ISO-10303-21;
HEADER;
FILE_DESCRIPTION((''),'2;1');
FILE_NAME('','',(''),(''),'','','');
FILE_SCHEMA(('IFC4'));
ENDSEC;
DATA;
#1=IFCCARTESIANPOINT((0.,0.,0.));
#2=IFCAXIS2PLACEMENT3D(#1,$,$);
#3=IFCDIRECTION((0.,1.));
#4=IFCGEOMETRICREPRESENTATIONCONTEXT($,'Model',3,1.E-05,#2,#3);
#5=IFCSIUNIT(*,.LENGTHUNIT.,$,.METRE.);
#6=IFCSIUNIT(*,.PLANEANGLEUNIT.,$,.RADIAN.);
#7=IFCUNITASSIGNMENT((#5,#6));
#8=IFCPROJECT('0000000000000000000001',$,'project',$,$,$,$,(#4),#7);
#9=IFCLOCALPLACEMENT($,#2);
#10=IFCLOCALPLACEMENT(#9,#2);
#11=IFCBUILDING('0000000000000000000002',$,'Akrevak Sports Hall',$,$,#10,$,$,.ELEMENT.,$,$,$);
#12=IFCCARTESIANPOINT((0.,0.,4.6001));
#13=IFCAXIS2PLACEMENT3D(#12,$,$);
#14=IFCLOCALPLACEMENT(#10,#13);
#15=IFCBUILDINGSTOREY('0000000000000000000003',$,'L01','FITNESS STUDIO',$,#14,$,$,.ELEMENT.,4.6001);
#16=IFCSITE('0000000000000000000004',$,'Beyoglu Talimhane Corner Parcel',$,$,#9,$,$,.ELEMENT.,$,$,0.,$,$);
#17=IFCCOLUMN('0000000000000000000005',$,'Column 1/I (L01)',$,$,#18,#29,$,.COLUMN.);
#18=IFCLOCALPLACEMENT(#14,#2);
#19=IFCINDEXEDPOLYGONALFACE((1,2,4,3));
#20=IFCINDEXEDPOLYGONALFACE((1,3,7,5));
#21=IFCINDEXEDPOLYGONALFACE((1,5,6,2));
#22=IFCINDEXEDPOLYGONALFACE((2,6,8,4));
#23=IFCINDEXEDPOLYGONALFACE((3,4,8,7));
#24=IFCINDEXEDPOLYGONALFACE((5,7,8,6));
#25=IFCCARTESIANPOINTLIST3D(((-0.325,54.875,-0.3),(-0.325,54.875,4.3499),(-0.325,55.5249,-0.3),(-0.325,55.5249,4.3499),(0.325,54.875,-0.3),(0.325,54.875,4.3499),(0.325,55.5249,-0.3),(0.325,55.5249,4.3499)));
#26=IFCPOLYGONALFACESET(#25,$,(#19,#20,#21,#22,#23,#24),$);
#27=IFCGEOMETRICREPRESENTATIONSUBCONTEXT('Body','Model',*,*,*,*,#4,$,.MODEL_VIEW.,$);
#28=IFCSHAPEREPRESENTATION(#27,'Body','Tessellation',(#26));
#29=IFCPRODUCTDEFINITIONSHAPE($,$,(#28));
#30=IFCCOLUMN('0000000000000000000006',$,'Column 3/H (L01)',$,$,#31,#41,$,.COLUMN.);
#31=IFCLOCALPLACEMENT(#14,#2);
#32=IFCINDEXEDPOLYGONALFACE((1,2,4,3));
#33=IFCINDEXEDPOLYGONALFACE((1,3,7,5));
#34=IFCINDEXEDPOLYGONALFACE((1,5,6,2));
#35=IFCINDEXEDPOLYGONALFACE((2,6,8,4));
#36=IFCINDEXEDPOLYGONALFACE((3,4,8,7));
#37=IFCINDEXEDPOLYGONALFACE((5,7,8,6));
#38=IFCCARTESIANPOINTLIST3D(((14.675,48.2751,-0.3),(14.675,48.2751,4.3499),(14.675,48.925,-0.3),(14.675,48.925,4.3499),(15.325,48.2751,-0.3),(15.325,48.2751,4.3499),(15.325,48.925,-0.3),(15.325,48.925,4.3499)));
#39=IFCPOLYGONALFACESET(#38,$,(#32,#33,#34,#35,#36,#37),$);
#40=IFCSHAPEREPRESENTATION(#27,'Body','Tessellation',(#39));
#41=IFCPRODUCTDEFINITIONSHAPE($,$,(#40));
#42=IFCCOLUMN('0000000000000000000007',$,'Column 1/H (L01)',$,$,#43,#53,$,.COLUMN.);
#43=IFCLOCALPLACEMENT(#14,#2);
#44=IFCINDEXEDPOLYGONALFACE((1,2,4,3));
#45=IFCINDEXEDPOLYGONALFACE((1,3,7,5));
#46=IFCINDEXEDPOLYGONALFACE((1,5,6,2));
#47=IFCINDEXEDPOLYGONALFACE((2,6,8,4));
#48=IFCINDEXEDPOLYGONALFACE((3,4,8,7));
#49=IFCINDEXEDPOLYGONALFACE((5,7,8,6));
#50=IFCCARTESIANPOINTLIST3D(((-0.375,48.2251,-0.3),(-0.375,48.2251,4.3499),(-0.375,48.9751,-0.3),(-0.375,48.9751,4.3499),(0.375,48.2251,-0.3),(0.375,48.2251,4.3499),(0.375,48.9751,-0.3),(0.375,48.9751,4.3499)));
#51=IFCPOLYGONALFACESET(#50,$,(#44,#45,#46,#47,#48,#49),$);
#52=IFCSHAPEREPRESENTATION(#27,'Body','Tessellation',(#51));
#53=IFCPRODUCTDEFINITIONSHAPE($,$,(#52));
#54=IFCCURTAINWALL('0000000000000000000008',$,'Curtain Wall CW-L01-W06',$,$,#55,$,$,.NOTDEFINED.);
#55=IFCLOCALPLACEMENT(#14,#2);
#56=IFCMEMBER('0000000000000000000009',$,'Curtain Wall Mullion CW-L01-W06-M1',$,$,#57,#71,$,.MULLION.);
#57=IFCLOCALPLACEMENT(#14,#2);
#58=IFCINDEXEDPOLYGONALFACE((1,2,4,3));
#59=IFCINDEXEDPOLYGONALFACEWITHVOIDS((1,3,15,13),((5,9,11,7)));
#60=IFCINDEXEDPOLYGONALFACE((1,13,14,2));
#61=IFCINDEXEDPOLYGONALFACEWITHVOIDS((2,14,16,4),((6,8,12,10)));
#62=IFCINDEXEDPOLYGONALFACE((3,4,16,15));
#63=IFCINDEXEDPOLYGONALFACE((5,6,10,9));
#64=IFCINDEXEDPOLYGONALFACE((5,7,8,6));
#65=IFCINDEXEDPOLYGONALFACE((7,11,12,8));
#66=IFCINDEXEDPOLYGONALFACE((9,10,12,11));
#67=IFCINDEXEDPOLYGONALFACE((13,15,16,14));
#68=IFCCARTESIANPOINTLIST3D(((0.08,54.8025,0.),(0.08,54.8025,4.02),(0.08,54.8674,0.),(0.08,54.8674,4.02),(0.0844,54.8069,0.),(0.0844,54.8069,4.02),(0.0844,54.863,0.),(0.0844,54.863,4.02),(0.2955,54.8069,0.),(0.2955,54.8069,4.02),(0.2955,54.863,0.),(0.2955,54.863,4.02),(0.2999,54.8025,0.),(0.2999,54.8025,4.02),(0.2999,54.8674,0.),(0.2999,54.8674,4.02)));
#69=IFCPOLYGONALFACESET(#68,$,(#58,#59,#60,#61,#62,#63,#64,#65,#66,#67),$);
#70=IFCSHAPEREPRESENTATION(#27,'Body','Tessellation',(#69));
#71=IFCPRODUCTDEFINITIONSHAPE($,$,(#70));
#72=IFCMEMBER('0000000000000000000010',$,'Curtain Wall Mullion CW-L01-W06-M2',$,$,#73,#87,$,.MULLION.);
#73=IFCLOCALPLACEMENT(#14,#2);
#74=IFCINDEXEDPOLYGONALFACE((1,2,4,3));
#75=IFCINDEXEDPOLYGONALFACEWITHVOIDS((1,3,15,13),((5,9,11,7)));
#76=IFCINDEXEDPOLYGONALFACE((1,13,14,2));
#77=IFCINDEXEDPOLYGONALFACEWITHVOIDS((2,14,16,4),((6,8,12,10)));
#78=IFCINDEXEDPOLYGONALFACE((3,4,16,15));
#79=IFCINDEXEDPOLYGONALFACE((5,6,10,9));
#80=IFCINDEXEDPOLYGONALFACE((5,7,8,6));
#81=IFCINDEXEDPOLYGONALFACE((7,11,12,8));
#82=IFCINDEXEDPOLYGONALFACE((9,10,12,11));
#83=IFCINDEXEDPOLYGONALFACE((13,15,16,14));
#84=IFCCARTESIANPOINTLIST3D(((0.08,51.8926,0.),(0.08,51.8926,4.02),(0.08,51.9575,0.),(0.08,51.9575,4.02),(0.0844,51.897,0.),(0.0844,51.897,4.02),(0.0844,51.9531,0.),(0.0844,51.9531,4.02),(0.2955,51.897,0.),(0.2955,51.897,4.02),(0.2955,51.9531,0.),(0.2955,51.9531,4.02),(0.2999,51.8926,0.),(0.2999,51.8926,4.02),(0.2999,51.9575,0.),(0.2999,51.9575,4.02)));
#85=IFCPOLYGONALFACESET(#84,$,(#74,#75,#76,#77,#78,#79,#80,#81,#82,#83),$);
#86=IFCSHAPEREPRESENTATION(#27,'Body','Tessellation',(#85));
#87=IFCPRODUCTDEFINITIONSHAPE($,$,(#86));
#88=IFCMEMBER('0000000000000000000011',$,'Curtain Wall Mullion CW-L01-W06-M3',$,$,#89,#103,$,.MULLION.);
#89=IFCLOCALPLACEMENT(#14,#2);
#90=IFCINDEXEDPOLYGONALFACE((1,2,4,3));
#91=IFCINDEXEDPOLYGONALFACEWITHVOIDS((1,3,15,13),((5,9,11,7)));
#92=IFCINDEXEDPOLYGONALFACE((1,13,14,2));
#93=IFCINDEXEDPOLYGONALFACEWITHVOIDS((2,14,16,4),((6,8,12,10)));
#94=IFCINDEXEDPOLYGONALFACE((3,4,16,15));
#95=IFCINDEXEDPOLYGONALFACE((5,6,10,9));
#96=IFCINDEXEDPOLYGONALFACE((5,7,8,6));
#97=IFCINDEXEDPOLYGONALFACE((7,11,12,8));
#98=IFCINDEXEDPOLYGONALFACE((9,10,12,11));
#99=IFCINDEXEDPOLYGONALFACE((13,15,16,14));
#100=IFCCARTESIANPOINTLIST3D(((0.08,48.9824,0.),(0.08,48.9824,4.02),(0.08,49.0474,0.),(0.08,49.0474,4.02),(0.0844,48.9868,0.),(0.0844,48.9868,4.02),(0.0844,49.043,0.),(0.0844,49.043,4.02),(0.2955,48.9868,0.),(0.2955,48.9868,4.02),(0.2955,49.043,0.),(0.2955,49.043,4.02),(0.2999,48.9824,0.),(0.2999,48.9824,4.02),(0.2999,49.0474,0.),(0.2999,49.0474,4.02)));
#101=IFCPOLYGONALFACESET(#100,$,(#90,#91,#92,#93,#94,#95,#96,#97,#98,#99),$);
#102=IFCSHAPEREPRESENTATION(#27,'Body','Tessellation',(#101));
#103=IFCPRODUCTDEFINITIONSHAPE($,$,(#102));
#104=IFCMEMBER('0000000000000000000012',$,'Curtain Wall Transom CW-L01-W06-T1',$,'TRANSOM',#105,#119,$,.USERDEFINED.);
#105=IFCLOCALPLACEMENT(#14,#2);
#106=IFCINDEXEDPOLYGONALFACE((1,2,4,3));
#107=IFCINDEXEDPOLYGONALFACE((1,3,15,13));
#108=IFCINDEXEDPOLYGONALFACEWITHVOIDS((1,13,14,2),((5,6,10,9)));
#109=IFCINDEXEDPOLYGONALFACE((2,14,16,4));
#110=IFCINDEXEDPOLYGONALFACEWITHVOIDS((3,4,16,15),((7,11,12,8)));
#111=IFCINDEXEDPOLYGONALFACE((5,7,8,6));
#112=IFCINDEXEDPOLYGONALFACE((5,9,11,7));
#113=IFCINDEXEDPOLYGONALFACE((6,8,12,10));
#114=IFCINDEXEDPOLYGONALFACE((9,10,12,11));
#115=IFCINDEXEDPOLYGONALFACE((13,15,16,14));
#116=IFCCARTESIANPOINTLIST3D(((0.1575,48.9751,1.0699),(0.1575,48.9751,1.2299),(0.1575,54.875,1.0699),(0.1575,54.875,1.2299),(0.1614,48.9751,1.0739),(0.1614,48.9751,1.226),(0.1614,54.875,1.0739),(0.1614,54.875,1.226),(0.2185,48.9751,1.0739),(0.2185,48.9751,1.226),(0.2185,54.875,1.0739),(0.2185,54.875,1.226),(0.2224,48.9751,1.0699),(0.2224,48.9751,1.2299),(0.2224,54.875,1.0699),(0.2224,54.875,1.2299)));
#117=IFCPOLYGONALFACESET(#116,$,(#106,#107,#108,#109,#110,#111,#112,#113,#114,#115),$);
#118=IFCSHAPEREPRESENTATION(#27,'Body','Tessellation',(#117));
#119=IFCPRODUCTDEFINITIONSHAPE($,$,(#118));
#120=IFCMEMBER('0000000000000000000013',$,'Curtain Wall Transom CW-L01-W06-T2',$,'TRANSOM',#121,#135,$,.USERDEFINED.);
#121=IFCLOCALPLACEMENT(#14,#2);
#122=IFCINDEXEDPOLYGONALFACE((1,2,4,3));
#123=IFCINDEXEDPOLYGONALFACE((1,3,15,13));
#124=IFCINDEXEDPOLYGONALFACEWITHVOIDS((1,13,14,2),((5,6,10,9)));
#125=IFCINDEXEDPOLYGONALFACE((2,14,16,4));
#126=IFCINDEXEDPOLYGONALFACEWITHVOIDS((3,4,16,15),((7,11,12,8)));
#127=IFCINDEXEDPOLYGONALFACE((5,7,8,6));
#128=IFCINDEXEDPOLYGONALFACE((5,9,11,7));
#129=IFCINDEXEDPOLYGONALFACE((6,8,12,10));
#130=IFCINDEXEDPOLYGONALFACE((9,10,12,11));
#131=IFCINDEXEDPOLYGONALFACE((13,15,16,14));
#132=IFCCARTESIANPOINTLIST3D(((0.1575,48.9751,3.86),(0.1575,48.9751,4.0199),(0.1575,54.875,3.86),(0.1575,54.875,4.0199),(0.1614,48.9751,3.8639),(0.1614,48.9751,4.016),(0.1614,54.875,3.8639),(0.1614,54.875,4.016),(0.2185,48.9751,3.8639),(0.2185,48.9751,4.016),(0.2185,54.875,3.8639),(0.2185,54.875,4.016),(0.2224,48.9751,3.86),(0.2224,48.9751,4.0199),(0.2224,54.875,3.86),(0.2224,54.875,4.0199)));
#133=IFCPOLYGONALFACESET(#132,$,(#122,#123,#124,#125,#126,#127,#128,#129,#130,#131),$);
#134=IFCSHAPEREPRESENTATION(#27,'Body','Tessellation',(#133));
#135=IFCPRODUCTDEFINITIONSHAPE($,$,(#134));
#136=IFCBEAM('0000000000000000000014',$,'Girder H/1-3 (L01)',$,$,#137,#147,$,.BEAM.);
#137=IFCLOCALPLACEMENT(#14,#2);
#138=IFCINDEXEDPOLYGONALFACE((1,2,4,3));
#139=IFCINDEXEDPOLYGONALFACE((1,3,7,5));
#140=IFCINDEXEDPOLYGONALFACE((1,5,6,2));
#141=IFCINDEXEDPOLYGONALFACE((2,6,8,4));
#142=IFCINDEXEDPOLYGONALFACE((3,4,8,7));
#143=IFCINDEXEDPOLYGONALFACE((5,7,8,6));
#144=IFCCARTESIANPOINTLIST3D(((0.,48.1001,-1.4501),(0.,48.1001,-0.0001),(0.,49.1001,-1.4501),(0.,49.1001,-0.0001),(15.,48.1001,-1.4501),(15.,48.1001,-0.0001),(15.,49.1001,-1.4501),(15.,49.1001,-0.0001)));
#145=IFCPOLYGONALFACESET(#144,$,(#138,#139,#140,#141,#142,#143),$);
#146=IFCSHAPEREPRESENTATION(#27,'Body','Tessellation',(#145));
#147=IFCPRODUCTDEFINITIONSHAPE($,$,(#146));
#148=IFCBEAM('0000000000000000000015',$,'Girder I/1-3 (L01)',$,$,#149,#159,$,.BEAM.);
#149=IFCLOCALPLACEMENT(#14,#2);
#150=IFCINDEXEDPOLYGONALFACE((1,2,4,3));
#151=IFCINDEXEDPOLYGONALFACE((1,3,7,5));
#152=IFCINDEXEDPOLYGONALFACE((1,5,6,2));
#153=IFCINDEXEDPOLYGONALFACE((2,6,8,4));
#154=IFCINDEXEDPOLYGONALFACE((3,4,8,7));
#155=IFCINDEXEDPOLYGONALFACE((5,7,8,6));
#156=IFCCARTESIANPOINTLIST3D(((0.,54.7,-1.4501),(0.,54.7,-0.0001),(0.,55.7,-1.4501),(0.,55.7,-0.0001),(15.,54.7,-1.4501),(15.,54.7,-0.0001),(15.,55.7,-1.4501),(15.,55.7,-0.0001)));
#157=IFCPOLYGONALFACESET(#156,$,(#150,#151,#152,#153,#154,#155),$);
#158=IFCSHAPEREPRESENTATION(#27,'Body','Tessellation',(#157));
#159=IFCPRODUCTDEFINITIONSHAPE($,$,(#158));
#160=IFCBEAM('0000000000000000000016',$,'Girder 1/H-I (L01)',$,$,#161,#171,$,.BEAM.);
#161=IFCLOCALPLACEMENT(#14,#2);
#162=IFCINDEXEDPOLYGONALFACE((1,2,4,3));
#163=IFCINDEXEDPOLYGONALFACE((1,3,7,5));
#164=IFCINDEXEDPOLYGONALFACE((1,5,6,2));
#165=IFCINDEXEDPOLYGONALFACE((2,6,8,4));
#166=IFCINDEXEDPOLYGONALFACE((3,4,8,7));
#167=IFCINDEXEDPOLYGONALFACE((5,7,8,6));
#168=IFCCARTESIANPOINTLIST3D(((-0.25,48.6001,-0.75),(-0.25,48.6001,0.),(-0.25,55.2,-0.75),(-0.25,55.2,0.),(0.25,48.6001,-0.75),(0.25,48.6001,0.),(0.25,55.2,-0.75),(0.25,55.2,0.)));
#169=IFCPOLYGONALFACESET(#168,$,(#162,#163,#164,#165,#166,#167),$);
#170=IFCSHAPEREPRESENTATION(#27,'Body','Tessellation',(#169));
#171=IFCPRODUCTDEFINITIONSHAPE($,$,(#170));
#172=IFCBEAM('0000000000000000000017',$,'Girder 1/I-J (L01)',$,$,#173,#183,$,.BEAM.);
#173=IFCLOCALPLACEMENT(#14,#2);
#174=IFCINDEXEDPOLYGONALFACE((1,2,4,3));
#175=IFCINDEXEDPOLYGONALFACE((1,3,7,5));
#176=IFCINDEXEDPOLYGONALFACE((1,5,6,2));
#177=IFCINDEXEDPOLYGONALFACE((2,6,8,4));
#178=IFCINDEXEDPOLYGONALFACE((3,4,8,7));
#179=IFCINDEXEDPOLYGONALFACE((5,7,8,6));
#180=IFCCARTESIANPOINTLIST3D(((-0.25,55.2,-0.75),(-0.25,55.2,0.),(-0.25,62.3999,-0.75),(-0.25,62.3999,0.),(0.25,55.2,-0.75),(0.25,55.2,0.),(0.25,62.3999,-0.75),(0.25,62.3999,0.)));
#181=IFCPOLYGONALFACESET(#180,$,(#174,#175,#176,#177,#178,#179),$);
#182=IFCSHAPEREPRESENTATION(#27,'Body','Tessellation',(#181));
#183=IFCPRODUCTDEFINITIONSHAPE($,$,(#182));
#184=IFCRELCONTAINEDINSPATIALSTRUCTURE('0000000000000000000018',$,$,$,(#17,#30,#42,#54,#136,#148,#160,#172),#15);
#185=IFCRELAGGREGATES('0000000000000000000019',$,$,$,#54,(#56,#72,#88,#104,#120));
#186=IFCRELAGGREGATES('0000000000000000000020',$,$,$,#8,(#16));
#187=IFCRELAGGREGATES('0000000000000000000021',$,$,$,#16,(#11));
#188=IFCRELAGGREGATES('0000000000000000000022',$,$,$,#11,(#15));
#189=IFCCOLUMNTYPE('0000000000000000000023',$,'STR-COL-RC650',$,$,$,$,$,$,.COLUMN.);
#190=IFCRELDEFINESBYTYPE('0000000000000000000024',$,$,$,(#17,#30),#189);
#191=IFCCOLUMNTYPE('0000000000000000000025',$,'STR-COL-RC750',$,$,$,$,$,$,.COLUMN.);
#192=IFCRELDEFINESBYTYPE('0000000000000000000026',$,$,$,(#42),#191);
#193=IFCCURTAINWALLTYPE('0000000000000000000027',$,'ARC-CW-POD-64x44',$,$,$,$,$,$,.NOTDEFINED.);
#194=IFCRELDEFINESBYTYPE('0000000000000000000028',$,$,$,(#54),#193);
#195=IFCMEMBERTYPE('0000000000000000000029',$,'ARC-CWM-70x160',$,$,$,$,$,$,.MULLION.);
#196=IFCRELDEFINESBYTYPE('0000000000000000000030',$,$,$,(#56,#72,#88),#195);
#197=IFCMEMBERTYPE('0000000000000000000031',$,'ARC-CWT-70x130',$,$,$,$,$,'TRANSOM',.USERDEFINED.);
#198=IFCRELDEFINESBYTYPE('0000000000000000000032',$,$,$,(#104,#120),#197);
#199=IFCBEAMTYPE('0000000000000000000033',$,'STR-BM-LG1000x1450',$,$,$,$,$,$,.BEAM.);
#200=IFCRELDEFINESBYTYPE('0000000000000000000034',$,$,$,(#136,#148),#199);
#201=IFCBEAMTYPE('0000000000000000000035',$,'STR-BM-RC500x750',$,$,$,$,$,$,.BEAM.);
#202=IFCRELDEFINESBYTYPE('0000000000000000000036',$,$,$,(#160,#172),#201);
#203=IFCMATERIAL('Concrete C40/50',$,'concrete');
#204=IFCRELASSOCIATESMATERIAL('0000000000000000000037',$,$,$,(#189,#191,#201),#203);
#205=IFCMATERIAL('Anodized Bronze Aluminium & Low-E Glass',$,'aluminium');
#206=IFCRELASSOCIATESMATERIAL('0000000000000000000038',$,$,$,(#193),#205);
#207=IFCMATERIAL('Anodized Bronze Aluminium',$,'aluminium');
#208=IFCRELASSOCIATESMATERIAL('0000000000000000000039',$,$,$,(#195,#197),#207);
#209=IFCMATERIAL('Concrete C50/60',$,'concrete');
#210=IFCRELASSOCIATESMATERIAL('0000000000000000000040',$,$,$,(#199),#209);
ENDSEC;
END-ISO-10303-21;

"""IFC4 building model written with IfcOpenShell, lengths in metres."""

from ifc_helpers import new_model, si_unit, direction, frame, origin, origin_2d, place, context, subcontext, project, spatial, rectangle, hollow_rectangle, extrude, material, material_profile, profile_set, type_object, element, aggregate, save


model = new_model("IFC4")

# Units and contexts
model_context = context("Model", 3, precision=1e-05, world=origin(), true_north=direction((0.0, 1.0)))
body_context = subcontext(model_context, "Body", "Model", "MODEL_VIEW")
ifc_project = project(units=[si_unit("LENGTHUNIT", "METRE"), si_unit("PLANEANGLEUNIT", "RADIAN")], contexts=[model_context])

# Site, building, storey
site_placement = place(None, origin())
site = spatial("IfcSite", under=ifc_project, at=site_placement, Name="Beyoglu Talimhane Corner Parcel", CompositionType="ELEMENT", RefElevation=0.0)
building_placement = place(site_placement, origin())
building = spatial("IfcBuilding", under=site, at=building_placement, Name="Akrevak Sports Hall", CompositionType="ELEMENT")
storey_placement = place(building_placement, frame((0.0, 0.0, 4.6001)))
storey = spatial("IfcBuildingStorey", under=building, at=storey_placement, Name="L01", Description="FITNESS STUDIO", CompositionType="ELEMENT", Elevation=4.6001)

# Columns
ifc_material_1 = material(Name="Concrete C40/50", Category="concrete")
ifc_material_profile_1 = material_profile(ifc_material_1, rectangle(XDim=0.6499, YDim=0.6499, at=origin_2d()), Name="RC 650x650", Category="concrete")
ifc_profile_set_1 = profile_set([ifc_material_profile_1], Name="Concrete C40/50")
column_type_1 = type_object("IfcColumnType", Name="STR-COL-RC650", PredefinedType="COLUMN", material=ifc_profile_set_1)
for number, where, z_axis, x_axis, name in (
    (1, (0.0, 55.2, -0.3), (0.0, 0.0, 1.0), (1.0, 0.0, 0.0), "Column 1/I (L01)"),
    (2, (15.0, 48.6001, -0.3), (0.0, 0.0, 1.0), (1.0, 0.0, 0.0), "Column 3/H (L01)"),
):
    element("IfcColumn", number, at=place(storey_placement, frame(where, z_axis=z_axis, x_axis=x_axis)), inside=storey, type_object=column_type_1, Name=name, PredefinedType="COLUMN", context=body_context, shape_type="SweptSolid", body=[
        extrude(rectangle(XDim=0.6499, YDim=0.6499, at=origin_2d()), origin(), (0.0, 0.0, 1.0), 4.6499),
    ])
ifc_material_profile_2 = material_profile(ifc_material_1, rectangle(XDim=0.75, YDim=0.75, at=origin_2d()), Name="RC 750x750", Category="concrete")
ifc_profile_set_2 = profile_set([ifc_material_profile_2], Name="Concrete C40/50")
column_type_2 = type_object("IfcColumnType", Name="STR-COL-RC750", PredefinedType="COLUMN", material=ifc_profile_set_2)
column_placement = place(storey_placement, frame((0.0, 48.6001, -0.3), z_axis=(0.0, 0.0, 1.0), x_axis=(1.0, 0.0, 0.0)))
element("IfcColumn", 3, at=column_placement, inside=storey, type_object=column_type_2, Name="Column 1/H (L01)", PredefinedType="COLUMN", context=body_context, shape_type="SweptSolid", body=[
    extrude(rectangle(XDim=0.75, YDim=0.75, at=origin_2d()), origin(), (0.0, 0.0, 1.0), 4.6499),
])

# Curtain wall, members
ifc_material_2 = material(Name="Anodized Bronze Aluminium & Low-E Glass", Category="aluminium")
curtain_wall_type = type_object("IfcCurtainWallType", Name="ARC-CW-POD-64x44", PredefinedType="NOTDEFINED", material=ifc_material_2)
curtain_wall_placement = place(storey_placement, origin())
curtain_wall = element("IfcCurtainWall", 4, at=curtain_wall_placement, inside=storey, type_object=curtain_wall_type, Name="Curtain Wall CW-L01-W06", PredefinedType="NOTDEFINED")
ifc_material_3 = material(Name="Anodized Bronze Aluminium", Category="aluminium")
ifc_material_profile_3 = material_profile(ifc_material_3, hollow_rectangle(XDim=0.0649, YDim=0.22, WallThickness=0.0044, at=origin_2d()), Name="CWM 65x220", Category="aluminium")
ifc_profile_set_3 = profile_set([ifc_material_profile_3], Name="Anodized Bronze Aluminium")
member_type_1 = type_object("IfcMemberType", Name="ARC-CWM-70x160", PredefinedType="MULLION", material=ifc_profile_set_3)
member_1_placement = place(storey_placement, frame((0.1899, 54.835, 0.0), z_axis=(0.0, 0.0, 1.0), x_axis=(0.0, -1.0, 0.0)))
member_1 = element("IfcMember", 5, at=member_1_placement, type_object=member_type_1, Name="Curtain Wall Mullion CW-L01-W06-M1", PredefinedType="MULLION", context=body_context, shape_type="SweptSolid", body=[
    extrude(hollow_rectangle(XDim=0.0649, YDim=0.22, WallThickness=0.0044, at=origin_2d()), origin(), (0.0, 0.0, 1.0), 4.02),
])
member_2_placement = place(storey_placement, frame((0.1899, 51.925, 0.0), z_axis=(0.0, 0.0, 1.0), x_axis=(0.0, -1.0, 0.0)))
member_2 = element("IfcMember", 6, at=member_2_placement, type_object=member_type_1, Name="Curtain Wall Mullion CW-L01-W06-M2", PredefinedType="MULLION", context=body_context, shape_type="SweptSolid", body=[
    extrude(hollow_rectangle(XDim=0.0649, YDim=0.22, WallThickness=0.0044, at=origin_2d()), origin(), (0.0, 0.0, 1.0), 4.02),
])
member_3_placement = place(storey_placement, frame((0.1899, 49.0149, 0.0), z_axis=(0.0, 0.0, 1.0), x_axis=(0.0, -1.0, 0.0)))
member_3 = element("IfcMember", 7, at=member_3_placement, type_object=member_type_1, Name="Curtain Wall Mullion CW-L01-W06-M3", PredefinedType="MULLION", context=body_context, shape_type="SweptSolid", body=[
    extrude(hollow_rectangle(XDim=0.0649, YDim=0.22, WallThickness=0.0044, at=origin_2d()), origin(), (0.0, 0.0, 1.0), 4.02),
])
ifc_material_profile_4 = material_profile(ifc_material_3, hollow_rectangle(XDim=0.0649, YDim=0.1599, WallThickness=0.0039, at=origin_2d()), Name="CWT 65x160", Category="aluminium")
ifc_profile_set_4 = profile_set([ifc_material_profile_4], Name="Anodized Bronze Aluminium")
member_type_2 = type_object("IfcMemberType", Name="ARC-CWT-70x130", ElementType="TRANSOM", PredefinedType="USERDEFINED", material=ifc_profile_set_4)
member_4_placement = place(storey_placement, frame((0.1899, 54.875, 1.1499), z_axis=(0.0, -1.0, 0.0), x_axis=(1.0, 0.0, 0.0)))
member_4 = element("IfcMember", 8, at=member_4_placement, type_object=member_type_2, Name="Curtain Wall Transom CW-L01-W06-T1", ObjectType="TRANSOM", PredefinedType="USERDEFINED", context=body_context, shape_type="SweptSolid", body=[
    extrude(hollow_rectangle(XDim=0.0649, YDim=0.1599, WallThickness=0.0039, at=origin_2d()), origin(), (0.0, 0.0, 1.0), 5.8999),
])
member_5_placement = place(storey_placement, frame((0.1899, 54.875, 3.9399), z_axis=(0.0, -1.0, 0.0), x_axis=(1.0, 0.0, 0.0)))
member_5 = element("IfcMember", 9, at=member_5_placement, type_object=member_type_2, Name="Curtain Wall Transom CW-L01-W06-T2", ObjectType="TRANSOM", PredefinedType="USERDEFINED", context=body_context, shape_type="SweptSolid", body=[
    extrude(hollow_rectangle(XDim=0.0649, YDim=0.1599, WallThickness=0.0039, at=origin_2d()), origin(), (0.0, 0.0, 1.0), 5.8999),
])

# Beams
ifc_material_4 = material(Name="Concrete C50/60", Category="concrete")
ifc_material_profile_5 = material_profile(ifc_material_4, rectangle(XDim=1.0, YDim=1.45, at=origin_2d()), Name="BM 1000x1450", Category="concrete")
ifc_profile_set_5 = profile_set([ifc_material_profile_5], Name="Concrete C50/60")
beam_type_1 = type_object("IfcBeamType", Name="STR-BM-LG1000x1450", PredefinedType="BEAM", material=ifc_profile_set_5)
for number, where, z_axis, x_axis, name in (
    (10, (0.0, 48.6001, -0.7251), (1.0, 0.0, 0.0), (0.0, 1.0, 0.0), "Girder H/1-3 (L01)"),
    (11, (0.0, 55.2, -0.7251), (1.0, 0.0, 0.0), (0.0, 1.0, 0.0), "Girder I/1-3 (L01)"),
):
    element("IfcBeam", number, at=place(storey_placement, frame(where, z_axis=z_axis, x_axis=x_axis)), inside=storey, type_object=beam_type_1, Name=name, PredefinedType="BEAM", context=body_context, shape_type="SweptSolid", body=[
        extrude(rectangle(XDim=1.0, YDim=1.45, at=origin_2d()), origin(), (0.0, 0.0, 1.0), 15.0),
    ])
ifc_material_profile_6 = material_profile(ifc_material_1, rectangle(XDim=0.5, YDim=0.75, at=origin_2d()), Name="BM 500x750", Category="concrete")
ifc_profile_set_6 = profile_set([ifc_material_profile_6], Name="Concrete C40/50")
beam_type_2 = type_object("IfcBeamType", Name="STR-BM-RC500x750", PredefinedType="BEAM", material=ifc_profile_set_6)
beam_1_placement = place(storey_placement, frame((0.0, 48.6001, -0.375), z_axis=(0.0, 1.0, 0.0), x_axis=(-1.0, 0.0, 0.0)))
element("IfcBeam", 12, at=beam_1_placement, inside=storey, type_object=beam_type_2, Name="Girder 1/H-I (L01)", PredefinedType="BEAM", context=body_context, shape_type="SweptSolid", body=[
    extrude(rectangle(XDim=0.5, YDim=0.75, at=origin_2d()), origin(), (0.0, 0.0, 1.0), 6.5999),
])
beam_2_placement = place(storey_placement, frame((0.0, 55.2, -0.375), z_axis=(0.0, 1.0, 0.0), x_axis=(-1.0, 0.0, 0.0)))
element("IfcBeam", 13, at=beam_2_placement, inside=storey, type_object=beam_type_2, Name="Girder 1/I-J (L01)", PredefinedType="BEAM", context=body_context, shape_type="SweptSolid", body=[
    extrude(rectangle(XDim=0.5, YDim=0.75, at=origin_2d()), origin(), (0.0, 0.0, 1.0), 7.2),
])

aggregate(curtain_wall, [member_1, member_2, member_3, member_4, member_5])

save(model, "model.ifc")
